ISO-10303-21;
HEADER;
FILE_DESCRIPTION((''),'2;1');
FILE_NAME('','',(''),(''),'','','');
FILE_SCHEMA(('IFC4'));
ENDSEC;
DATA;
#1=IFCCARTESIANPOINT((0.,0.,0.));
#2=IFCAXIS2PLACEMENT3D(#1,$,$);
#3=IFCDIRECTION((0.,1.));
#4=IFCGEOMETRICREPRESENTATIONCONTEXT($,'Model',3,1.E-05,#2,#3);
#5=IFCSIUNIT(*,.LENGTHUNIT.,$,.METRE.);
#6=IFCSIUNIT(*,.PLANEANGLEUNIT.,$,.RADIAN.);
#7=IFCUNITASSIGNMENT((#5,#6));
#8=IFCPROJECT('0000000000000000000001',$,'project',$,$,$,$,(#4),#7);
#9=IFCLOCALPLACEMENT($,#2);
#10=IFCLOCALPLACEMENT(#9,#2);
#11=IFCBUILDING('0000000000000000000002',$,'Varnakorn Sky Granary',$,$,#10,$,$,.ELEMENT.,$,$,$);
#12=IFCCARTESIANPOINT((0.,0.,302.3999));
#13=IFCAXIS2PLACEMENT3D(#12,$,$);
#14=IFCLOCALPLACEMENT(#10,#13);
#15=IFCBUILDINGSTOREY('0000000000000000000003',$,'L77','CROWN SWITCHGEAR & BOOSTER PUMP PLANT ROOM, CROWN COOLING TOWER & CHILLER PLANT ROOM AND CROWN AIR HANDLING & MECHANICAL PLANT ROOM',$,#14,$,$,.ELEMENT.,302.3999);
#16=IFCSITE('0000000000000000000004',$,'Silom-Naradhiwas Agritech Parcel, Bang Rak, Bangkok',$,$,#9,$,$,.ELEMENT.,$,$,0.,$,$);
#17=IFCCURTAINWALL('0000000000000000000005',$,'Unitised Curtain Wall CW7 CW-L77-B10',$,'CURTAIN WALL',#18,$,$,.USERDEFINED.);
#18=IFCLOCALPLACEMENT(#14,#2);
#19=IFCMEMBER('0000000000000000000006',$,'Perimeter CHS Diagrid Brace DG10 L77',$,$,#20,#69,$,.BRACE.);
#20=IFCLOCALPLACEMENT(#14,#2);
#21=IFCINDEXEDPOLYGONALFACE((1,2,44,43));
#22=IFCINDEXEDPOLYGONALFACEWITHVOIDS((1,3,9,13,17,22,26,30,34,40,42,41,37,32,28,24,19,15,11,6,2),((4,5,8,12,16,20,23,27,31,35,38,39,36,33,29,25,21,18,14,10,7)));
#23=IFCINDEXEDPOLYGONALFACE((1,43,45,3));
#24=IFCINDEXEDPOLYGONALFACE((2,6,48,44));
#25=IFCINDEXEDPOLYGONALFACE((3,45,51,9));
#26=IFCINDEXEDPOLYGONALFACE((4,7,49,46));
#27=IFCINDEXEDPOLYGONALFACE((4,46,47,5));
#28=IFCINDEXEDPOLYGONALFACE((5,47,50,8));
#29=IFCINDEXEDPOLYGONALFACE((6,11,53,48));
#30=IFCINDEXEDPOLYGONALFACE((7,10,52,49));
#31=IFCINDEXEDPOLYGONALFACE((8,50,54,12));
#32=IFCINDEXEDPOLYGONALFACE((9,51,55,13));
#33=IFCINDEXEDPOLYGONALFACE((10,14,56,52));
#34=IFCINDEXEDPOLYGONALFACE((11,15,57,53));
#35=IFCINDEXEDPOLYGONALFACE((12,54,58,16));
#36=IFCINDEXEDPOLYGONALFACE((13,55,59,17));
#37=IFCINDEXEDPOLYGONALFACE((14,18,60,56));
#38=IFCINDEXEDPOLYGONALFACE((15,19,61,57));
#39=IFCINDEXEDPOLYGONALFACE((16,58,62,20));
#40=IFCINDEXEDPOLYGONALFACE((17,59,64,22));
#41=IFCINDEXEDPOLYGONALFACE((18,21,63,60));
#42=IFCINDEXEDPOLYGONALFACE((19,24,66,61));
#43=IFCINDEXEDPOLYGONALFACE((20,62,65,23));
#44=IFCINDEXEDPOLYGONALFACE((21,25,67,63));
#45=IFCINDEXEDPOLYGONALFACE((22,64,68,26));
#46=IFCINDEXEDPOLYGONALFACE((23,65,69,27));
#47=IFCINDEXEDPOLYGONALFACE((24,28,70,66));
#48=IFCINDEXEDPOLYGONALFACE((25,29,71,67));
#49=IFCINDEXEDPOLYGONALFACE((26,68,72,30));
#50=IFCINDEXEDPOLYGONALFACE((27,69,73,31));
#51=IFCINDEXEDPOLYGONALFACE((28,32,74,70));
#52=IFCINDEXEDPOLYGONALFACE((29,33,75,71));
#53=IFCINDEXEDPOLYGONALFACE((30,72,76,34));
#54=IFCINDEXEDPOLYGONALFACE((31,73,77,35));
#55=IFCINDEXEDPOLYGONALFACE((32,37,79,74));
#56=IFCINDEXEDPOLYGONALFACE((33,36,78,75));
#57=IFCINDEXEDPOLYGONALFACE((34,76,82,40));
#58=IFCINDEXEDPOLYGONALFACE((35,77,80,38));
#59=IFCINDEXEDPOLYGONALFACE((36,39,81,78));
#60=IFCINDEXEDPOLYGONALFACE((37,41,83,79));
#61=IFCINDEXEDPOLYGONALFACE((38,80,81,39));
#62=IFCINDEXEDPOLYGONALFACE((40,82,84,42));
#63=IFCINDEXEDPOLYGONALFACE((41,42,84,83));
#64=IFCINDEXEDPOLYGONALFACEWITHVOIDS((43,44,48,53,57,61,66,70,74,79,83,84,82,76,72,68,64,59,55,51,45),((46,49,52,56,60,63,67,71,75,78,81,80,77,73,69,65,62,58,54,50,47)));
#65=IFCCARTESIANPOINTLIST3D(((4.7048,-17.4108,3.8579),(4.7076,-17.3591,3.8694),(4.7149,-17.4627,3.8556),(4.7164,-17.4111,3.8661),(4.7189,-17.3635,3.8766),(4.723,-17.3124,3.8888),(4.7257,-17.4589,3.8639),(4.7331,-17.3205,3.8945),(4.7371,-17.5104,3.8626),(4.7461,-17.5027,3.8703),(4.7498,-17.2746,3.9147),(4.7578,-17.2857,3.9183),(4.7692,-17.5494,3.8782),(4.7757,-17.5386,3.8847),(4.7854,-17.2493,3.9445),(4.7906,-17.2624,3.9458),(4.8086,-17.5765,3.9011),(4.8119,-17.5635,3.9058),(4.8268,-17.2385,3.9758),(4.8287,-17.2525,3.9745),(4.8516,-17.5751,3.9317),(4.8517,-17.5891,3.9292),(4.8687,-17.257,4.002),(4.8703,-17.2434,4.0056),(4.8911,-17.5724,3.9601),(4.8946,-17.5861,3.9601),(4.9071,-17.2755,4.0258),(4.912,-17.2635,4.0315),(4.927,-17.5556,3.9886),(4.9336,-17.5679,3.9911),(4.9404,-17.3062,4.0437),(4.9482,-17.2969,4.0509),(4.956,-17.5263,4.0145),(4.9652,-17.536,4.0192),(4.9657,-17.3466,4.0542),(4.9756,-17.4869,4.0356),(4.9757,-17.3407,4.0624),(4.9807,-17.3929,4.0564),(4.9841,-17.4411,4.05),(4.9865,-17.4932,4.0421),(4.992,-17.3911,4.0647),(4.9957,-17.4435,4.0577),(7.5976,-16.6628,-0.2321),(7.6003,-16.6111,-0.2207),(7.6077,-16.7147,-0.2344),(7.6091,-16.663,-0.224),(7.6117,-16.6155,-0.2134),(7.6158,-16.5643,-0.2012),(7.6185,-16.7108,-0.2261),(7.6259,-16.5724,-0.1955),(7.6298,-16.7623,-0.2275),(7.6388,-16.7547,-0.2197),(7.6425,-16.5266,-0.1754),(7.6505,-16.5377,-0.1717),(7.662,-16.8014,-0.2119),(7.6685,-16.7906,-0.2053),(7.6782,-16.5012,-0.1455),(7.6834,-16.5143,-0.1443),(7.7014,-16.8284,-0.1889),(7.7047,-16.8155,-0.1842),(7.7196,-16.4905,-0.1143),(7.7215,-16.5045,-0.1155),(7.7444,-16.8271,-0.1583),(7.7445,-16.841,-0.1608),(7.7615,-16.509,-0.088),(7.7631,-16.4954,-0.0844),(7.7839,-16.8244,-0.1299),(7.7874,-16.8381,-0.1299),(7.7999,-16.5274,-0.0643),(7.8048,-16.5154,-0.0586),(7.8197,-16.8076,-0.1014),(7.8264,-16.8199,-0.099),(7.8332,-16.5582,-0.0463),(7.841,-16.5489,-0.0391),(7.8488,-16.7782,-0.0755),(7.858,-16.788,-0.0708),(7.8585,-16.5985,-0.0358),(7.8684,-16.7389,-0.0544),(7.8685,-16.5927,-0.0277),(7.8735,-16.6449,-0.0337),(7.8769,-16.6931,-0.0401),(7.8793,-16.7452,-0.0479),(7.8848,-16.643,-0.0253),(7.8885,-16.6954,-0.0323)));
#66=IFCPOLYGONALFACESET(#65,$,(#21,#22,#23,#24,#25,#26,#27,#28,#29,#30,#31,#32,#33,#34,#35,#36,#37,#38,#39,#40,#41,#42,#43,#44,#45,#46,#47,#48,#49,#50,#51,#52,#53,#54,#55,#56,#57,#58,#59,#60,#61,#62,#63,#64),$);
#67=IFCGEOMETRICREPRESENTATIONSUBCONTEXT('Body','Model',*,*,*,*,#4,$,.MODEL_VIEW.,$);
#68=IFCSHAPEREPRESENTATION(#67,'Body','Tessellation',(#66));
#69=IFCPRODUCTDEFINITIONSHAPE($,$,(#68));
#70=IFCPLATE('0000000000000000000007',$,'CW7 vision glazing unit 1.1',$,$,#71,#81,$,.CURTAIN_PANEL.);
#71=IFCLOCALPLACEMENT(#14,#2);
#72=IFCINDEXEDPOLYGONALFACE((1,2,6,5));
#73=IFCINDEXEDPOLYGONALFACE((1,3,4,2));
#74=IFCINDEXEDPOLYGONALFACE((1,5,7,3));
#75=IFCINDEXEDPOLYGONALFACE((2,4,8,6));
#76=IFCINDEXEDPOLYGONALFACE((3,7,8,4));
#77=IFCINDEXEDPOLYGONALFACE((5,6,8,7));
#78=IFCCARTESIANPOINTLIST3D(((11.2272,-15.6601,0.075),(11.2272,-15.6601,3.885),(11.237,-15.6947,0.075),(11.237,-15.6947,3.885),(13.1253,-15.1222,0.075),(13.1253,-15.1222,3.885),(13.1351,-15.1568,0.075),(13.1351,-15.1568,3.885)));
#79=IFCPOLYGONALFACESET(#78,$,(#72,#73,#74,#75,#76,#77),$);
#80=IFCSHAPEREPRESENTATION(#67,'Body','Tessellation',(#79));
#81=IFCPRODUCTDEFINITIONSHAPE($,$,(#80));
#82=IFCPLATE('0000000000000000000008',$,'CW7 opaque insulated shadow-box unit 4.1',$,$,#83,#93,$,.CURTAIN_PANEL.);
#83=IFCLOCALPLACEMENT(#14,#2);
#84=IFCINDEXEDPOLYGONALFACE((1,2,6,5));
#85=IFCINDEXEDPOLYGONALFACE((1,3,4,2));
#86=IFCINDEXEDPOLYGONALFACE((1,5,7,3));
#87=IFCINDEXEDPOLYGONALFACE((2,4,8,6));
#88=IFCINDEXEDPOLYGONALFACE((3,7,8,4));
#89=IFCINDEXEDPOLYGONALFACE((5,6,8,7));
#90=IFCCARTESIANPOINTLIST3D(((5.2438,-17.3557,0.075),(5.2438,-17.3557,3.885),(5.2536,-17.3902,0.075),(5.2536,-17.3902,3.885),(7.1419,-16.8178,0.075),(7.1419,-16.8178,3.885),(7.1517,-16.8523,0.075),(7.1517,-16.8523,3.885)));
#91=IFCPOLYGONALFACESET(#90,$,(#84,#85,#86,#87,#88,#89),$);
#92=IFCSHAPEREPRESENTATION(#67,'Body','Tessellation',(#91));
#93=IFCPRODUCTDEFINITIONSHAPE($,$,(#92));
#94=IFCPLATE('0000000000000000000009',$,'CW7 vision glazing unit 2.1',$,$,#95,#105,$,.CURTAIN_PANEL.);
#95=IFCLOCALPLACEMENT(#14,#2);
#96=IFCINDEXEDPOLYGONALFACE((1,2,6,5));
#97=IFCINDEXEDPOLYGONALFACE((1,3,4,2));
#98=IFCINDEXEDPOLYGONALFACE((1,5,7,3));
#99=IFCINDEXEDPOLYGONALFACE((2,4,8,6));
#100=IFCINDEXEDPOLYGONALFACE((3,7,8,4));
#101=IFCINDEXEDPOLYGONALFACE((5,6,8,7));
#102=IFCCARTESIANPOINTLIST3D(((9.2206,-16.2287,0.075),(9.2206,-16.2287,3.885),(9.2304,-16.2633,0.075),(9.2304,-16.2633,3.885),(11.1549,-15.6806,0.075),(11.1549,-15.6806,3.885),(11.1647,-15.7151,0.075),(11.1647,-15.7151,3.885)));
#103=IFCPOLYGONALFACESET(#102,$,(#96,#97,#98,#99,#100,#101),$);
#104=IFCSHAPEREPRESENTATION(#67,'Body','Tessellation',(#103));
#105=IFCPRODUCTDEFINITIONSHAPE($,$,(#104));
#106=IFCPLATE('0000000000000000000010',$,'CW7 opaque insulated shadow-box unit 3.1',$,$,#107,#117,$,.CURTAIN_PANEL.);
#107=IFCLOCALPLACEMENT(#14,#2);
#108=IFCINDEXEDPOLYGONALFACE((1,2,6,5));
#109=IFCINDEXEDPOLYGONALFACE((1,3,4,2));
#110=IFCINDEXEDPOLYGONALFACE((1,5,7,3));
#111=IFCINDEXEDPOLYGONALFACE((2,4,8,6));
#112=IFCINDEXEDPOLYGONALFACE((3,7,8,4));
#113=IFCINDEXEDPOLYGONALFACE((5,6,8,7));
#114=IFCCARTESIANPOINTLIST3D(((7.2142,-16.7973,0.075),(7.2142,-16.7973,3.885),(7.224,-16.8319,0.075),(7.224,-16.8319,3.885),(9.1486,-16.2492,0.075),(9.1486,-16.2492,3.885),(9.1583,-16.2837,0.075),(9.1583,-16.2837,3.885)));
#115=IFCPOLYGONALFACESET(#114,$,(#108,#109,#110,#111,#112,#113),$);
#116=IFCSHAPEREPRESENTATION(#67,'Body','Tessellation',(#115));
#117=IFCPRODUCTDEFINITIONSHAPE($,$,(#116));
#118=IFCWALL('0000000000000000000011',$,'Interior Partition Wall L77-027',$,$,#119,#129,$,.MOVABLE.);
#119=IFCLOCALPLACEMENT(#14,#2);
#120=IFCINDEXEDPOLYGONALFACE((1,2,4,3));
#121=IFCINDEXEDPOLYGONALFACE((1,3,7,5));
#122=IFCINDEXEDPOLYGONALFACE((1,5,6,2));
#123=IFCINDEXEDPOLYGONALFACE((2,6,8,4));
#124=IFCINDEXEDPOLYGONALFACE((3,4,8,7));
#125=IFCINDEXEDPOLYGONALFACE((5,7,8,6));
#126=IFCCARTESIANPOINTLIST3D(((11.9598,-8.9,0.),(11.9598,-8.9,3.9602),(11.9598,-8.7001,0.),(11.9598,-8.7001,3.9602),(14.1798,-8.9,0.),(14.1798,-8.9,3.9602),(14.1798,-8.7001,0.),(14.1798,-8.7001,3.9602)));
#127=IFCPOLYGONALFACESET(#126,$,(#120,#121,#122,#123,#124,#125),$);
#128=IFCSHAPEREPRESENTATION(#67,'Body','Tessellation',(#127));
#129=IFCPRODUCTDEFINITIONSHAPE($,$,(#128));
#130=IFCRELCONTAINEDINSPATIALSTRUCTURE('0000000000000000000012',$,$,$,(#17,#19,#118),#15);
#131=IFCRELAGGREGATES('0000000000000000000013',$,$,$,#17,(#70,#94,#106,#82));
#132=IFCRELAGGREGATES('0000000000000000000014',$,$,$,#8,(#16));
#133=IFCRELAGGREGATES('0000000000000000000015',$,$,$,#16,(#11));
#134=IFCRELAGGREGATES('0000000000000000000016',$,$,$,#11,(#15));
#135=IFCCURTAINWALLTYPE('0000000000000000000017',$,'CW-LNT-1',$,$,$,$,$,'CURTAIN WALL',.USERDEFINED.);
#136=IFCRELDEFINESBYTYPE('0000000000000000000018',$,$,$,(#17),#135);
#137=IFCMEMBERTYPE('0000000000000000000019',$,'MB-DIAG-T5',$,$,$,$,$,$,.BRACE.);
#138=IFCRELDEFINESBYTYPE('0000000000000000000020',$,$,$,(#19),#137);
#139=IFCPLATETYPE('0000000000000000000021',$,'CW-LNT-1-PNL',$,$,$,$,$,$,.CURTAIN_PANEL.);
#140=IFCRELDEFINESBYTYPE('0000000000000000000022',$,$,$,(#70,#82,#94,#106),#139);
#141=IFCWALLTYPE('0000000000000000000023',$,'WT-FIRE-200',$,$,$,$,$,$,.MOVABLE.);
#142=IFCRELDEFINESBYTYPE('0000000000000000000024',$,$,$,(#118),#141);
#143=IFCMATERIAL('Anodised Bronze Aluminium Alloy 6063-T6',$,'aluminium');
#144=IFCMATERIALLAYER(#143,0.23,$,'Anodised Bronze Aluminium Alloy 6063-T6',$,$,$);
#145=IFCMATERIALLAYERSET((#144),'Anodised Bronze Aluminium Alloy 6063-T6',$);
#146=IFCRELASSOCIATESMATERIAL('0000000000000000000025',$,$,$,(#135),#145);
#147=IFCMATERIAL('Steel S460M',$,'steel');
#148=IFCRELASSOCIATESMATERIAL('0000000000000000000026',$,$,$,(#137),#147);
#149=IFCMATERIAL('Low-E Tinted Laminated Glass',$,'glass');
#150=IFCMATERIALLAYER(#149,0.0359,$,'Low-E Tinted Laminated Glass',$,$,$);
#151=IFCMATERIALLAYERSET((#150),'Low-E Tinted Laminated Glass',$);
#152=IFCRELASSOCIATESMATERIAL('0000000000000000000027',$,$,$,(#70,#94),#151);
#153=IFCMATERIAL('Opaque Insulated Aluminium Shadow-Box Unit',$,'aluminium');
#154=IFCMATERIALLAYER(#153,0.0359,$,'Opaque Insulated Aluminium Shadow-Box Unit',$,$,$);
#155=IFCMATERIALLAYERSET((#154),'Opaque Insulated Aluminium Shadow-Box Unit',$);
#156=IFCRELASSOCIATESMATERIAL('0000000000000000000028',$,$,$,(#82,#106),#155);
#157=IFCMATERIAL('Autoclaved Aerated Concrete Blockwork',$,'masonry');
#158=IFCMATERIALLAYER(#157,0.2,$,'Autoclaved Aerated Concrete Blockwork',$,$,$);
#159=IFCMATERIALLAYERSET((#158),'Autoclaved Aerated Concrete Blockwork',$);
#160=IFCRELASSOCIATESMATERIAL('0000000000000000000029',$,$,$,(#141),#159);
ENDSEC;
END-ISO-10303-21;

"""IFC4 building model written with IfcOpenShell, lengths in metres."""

from ifc_helpers import new_model, si_unit, direction, frame, frame_2d, origin, origin_2d, place, context, subcontext, project, spatial, rectangle, hollow_circle, extrude, source, transform, mapped, material, layer, layer_set, material_profile, profile_set, type_object, type_shapes, element, aggregate, save


model = new_model("IFC4")

# Units and contexts
model_context = context("Model", 3, precision=1e-05, world=origin(), true_north=direction((0.0, 1.0)))
body_context = subcontext(model_context, "Body", "Model", "MODEL_VIEW")
ifc_project = project(units=[si_unit("LENGTHUNIT", "METRE"), si_unit("PLANEANGLEUNIT", "RADIAN")], contexts=[model_context])

# Site, building, storey
site_placement = place(None, origin())
site = spatial("IfcSite", under=ifc_project, at=site_placement, Name="Silom-Naradhiwas Agritech Parcel, Bang Rak, Bangkok", CompositionType="ELEMENT", RefElevation=0.0)
building_placement = place(site_placement, origin())
building = spatial("IfcBuilding", under=site, at=building_placement, Name="Varnakorn Sky Granary", CompositionType="ELEMENT")
storey_placement = place(building_placement, frame((0.0, 0.0, 302.3999)))
storey = spatial("IfcBuildingStorey", under=building, at=storey_placement, Name="L77", Description="CROWN SWITCHGEAR & BOOSTER PUMP PLANT ROOM, CROWN COOLING TOWER & CHILLER PLANT ROOM AND CROWN AIR HANDLING & MECHANICAL PLANT ROOM", CompositionType="ELEMENT", Elevation=302.3999)

# Shared definitions
ifc_material_1 = material(Name="Steel S460M", Category="steel")

# Curtain wall
ifc_material_2 = material(Name="Anodised Bronze Aluminium Alloy 6063-T6", Category="aluminium")
ifc_layer_1 = layer(ifc_material_2, 0.23, Name="Anodised Bronze Aluminium Alloy 6063-T6")
ifc_layer_set_1 = layer_set([ifc_layer_1], Name="Anodised Bronze Aluminium Alloy 6063-T6")
curtain_wall_type = type_object("IfcCurtainWallType", Name="CW-LNT-1", ElementType="CURTAIN WALL", PredefinedType="USERDEFINED", material=ifc_layer_set_1)
curtain_wall_placement = place(storey_placement, origin())
curtain_wall = element("IfcCurtainWall", 1, at=curtain_wall_placement, inside=storey, type_object=curtain_wall_type, Name="Unitised Curtain Wall CW7 CW-L77-B10", ObjectType="CURTAIN WALL", PredefinedType="USERDEFINED")

# Member
ifc_material_profile_1 = material_profile(ifc_material_1, hollow_circle(Radius=0.1777, WallThickness=0.0142, at=origin_2d()), Name="CHS 355.6x14")
ifc_profile_set_1 = profile_set([ifc_material_profile_1], Name="Steel S460M")
member_type_1 = type_object("IfcMemberType", Name="MB-DIAG-T5", PredefinedType="BRACE", material=ifc_profile_set_1)
member_1_placement = place(storey_placement, frame((7.7429, -16.666, -0.1299), z_axis=(-0.571111, -0.147682, 0.807479), x_axis=(0.250352, -0.968155, 0.0)))
element("IfcMember", 2, at=member_1_placement, inside=storey, type_object=member_type_1, Name="Perimeter CHS Diagrid Brace DG10 L77", PredefinedType="BRACE", context=body_context, shape_type="SweptSolid", body=[
    extrude(hollow_circle(Radius=0.1777, WallThickness=0.0142, at=origin_2d()), origin(), (0.0, 0.0, 1.0), 5.0652),
])

# Plates
ifc_material_3 = material(Name="Low-E Tinted Laminated Glass", Category="glass")
ifc_layer_2 = layer(ifc_material_3, 0.0359, Name="Low-E Tinted Laminated Glass")
ifc_layer_set_2 = layer_set([ifc_layer_2], Name="Low-E Tinted Laminated Glass")
plate_type = type_object("IfcPlateType", Name="CW-LNT-1-PNL", PredefinedType="CURTAIN_PANEL")
shared_shape_1 = source(origin(), body_context, "Body", "SweptSolid", [
    extrude(rectangle(XDim=1.9729, YDim=0.0359, at=origin_2d()), origin(), (0.0, 0.0, 1.0), 3.8101),
])
plate_1_placement = place(storey_placement, frame((12.1812, -15.4084, 0.075), z_axis=(0.0, 0.0, 1.0), x_axis=(-0.962113, -0.27265, 0.0)))
plate_1 = element("IfcPlate", 3, at=plate_1_placement, type_object=plate_type, material=ifc_layer_set_2, Name="CW7 vision glazing unit 1.1", PredefinedType="CURTAIN_PANEL", context=body_context, shape_type="MappedRepresentation", body=[
    mapped(shared_shape_1, transform((0.0, 0.0, 0.0), x_axis=(1.0, 0.0, 0.0), y_axis=(0.0, 1.0, 0.0), z_axis=(0.0, 0.0, 1.0), scale=1.0)),
])
ifc_material_4 = material(Name="Opaque Insulated Aluminium Shadow-Box Unit", Category="aluminium")
ifc_layer_3 = layer(ifc_material_4, 0.0359, Name="Opaque Insulated Aluminium Shadow-Box Unit")
ifc_layer_set_3 = layer_set([ifc_layer_3], Name="Opaque Insulated Aluminium Shadow-Box Unit")
plate_2_placement = place(storey_placement, frame((6.1978, -17.104, 0.075), z_axis=(0.0, 0.0, 1.0), x_axis=(-0.962113, -0.27265, 0.0)))
plate_2 = element("IfcPlate", 4, at=plate_2_placement, type_object=plate_type, material=ifc_layer_set_3, Name="CW7 opaque insulated shadow-box unit 4.1", PredefinedType="CURTAIN_PANEL", context=body_context, shape_type="MappedRepresentation", body=[
    mapped(shared_shape_1, transform((0.0, 0.0, 0.0), x_axis=(1.0, 0.0, 0.0), y_axis=(0.0, 1.0, 0.0), z_axis=(0.0, 0.0, 1.0), scale=1.0)),
])
shared_shape_2 = source(origin(), body_context, "Body", "SweptSolid", [
    extrude(rectangle(XDim=2.0105, YDim=0.0359, at=origin_2d()), origin(), (0.0, 0.0, 1.0), 3.8101),
])
type_shapes(plate_type, [shared_shape_1, shared_shape_2])
plate_3_placement = place(storey_placement, frame((10.1926, -15.9719, 0.075), z_axis=(0.0, 0.0, 1.0), x_axis=(-0.962113, -0.27265, 0.0)))
plate_3 = element("IfcPlate", 5, at=plate_3_placement, type_object=plate_type, material=ifc_layer_set_2, Name="CW7 vision glazing unit 2.1", PredefinedType="CURTAIN_PANEL", context=body_context, shape_type="MappedRepresentation", body=[
    mapped(shared_shape_2, transform((0.0, 0.0, 0.0), x_axis=(1.0, 0.0, 0.0), y_axis=(0.0, 1.0, 0.0), z_axis=(0.0, 0.0, 1.0), scale=1.0)),
])
plate_4_placement = place(storey_placement, frame((8.1863, -16.5405, 0.075), z_axis=(0.0, 0.0, 1.0), x_axis=(-0.962113, -0.27265, 0.0)))
plate_4 = element("IfcPlate", 6, at=plate_4_placement, type_object=plate_type, material=ifc_layer_set_3, Name="CW7 opaque insulated shadow-box unit 3.1", PredefinedType="CURTAIN_PANEL", context=body_context, shape_type="MappedRepresentation", body=[
    mapped(shared_shape_2, transform((0.0, 0.0, 0.0), x_axis=(1.0, 0.0, 0.0), y_axis=(0.0, 1.0, 0.0), z_axis=(0.0, 0.0, 1.0), scale=1.0)),
])
aggregate(curtain_wall, [plate_1, plate_3, plate_4, plate_2])

# Wall
ifc_material_5 = material(Name="Autoclaved Aerated Concrete Blockwork", Category="masonry")
ifc_layer_4 = layer(ifc_material_5, 0.2, Name="Autoclaved Aerated Concrete Blockwork")
ifc_layer_set_4 = layer_set([ifc_layer_4], Name="Autoclaved Aerated Concrete Blockwork")
wall_type = type_object("IfcWallType", Name="WT-FIRE-200", PredefinedType="MOVABLE", material=ifc_layer_set_4)
wall_placement = place(storey_placement, frame((11.96, -8.8, 0.0), z_axis=(0.0, 0.0, 1.0), x_axis=(1.0, 0.0, 0.0)))
element("IfcWall", 7, at=wall_placement, inside=storey, type_object=wall_type, Name="Interior Partition Wall L77-027", PredefinedType="MOVABLE", context=body_context, shape_type="SweptSolid", body=[
    extrude(rectangle(XDim=2.22, YDim=0.2, at=frame_2d((1.1099, 0.0))), origin(), (0.0, 0.0, 1.0), 3.9602),
])

save(model, "model.ifc")
